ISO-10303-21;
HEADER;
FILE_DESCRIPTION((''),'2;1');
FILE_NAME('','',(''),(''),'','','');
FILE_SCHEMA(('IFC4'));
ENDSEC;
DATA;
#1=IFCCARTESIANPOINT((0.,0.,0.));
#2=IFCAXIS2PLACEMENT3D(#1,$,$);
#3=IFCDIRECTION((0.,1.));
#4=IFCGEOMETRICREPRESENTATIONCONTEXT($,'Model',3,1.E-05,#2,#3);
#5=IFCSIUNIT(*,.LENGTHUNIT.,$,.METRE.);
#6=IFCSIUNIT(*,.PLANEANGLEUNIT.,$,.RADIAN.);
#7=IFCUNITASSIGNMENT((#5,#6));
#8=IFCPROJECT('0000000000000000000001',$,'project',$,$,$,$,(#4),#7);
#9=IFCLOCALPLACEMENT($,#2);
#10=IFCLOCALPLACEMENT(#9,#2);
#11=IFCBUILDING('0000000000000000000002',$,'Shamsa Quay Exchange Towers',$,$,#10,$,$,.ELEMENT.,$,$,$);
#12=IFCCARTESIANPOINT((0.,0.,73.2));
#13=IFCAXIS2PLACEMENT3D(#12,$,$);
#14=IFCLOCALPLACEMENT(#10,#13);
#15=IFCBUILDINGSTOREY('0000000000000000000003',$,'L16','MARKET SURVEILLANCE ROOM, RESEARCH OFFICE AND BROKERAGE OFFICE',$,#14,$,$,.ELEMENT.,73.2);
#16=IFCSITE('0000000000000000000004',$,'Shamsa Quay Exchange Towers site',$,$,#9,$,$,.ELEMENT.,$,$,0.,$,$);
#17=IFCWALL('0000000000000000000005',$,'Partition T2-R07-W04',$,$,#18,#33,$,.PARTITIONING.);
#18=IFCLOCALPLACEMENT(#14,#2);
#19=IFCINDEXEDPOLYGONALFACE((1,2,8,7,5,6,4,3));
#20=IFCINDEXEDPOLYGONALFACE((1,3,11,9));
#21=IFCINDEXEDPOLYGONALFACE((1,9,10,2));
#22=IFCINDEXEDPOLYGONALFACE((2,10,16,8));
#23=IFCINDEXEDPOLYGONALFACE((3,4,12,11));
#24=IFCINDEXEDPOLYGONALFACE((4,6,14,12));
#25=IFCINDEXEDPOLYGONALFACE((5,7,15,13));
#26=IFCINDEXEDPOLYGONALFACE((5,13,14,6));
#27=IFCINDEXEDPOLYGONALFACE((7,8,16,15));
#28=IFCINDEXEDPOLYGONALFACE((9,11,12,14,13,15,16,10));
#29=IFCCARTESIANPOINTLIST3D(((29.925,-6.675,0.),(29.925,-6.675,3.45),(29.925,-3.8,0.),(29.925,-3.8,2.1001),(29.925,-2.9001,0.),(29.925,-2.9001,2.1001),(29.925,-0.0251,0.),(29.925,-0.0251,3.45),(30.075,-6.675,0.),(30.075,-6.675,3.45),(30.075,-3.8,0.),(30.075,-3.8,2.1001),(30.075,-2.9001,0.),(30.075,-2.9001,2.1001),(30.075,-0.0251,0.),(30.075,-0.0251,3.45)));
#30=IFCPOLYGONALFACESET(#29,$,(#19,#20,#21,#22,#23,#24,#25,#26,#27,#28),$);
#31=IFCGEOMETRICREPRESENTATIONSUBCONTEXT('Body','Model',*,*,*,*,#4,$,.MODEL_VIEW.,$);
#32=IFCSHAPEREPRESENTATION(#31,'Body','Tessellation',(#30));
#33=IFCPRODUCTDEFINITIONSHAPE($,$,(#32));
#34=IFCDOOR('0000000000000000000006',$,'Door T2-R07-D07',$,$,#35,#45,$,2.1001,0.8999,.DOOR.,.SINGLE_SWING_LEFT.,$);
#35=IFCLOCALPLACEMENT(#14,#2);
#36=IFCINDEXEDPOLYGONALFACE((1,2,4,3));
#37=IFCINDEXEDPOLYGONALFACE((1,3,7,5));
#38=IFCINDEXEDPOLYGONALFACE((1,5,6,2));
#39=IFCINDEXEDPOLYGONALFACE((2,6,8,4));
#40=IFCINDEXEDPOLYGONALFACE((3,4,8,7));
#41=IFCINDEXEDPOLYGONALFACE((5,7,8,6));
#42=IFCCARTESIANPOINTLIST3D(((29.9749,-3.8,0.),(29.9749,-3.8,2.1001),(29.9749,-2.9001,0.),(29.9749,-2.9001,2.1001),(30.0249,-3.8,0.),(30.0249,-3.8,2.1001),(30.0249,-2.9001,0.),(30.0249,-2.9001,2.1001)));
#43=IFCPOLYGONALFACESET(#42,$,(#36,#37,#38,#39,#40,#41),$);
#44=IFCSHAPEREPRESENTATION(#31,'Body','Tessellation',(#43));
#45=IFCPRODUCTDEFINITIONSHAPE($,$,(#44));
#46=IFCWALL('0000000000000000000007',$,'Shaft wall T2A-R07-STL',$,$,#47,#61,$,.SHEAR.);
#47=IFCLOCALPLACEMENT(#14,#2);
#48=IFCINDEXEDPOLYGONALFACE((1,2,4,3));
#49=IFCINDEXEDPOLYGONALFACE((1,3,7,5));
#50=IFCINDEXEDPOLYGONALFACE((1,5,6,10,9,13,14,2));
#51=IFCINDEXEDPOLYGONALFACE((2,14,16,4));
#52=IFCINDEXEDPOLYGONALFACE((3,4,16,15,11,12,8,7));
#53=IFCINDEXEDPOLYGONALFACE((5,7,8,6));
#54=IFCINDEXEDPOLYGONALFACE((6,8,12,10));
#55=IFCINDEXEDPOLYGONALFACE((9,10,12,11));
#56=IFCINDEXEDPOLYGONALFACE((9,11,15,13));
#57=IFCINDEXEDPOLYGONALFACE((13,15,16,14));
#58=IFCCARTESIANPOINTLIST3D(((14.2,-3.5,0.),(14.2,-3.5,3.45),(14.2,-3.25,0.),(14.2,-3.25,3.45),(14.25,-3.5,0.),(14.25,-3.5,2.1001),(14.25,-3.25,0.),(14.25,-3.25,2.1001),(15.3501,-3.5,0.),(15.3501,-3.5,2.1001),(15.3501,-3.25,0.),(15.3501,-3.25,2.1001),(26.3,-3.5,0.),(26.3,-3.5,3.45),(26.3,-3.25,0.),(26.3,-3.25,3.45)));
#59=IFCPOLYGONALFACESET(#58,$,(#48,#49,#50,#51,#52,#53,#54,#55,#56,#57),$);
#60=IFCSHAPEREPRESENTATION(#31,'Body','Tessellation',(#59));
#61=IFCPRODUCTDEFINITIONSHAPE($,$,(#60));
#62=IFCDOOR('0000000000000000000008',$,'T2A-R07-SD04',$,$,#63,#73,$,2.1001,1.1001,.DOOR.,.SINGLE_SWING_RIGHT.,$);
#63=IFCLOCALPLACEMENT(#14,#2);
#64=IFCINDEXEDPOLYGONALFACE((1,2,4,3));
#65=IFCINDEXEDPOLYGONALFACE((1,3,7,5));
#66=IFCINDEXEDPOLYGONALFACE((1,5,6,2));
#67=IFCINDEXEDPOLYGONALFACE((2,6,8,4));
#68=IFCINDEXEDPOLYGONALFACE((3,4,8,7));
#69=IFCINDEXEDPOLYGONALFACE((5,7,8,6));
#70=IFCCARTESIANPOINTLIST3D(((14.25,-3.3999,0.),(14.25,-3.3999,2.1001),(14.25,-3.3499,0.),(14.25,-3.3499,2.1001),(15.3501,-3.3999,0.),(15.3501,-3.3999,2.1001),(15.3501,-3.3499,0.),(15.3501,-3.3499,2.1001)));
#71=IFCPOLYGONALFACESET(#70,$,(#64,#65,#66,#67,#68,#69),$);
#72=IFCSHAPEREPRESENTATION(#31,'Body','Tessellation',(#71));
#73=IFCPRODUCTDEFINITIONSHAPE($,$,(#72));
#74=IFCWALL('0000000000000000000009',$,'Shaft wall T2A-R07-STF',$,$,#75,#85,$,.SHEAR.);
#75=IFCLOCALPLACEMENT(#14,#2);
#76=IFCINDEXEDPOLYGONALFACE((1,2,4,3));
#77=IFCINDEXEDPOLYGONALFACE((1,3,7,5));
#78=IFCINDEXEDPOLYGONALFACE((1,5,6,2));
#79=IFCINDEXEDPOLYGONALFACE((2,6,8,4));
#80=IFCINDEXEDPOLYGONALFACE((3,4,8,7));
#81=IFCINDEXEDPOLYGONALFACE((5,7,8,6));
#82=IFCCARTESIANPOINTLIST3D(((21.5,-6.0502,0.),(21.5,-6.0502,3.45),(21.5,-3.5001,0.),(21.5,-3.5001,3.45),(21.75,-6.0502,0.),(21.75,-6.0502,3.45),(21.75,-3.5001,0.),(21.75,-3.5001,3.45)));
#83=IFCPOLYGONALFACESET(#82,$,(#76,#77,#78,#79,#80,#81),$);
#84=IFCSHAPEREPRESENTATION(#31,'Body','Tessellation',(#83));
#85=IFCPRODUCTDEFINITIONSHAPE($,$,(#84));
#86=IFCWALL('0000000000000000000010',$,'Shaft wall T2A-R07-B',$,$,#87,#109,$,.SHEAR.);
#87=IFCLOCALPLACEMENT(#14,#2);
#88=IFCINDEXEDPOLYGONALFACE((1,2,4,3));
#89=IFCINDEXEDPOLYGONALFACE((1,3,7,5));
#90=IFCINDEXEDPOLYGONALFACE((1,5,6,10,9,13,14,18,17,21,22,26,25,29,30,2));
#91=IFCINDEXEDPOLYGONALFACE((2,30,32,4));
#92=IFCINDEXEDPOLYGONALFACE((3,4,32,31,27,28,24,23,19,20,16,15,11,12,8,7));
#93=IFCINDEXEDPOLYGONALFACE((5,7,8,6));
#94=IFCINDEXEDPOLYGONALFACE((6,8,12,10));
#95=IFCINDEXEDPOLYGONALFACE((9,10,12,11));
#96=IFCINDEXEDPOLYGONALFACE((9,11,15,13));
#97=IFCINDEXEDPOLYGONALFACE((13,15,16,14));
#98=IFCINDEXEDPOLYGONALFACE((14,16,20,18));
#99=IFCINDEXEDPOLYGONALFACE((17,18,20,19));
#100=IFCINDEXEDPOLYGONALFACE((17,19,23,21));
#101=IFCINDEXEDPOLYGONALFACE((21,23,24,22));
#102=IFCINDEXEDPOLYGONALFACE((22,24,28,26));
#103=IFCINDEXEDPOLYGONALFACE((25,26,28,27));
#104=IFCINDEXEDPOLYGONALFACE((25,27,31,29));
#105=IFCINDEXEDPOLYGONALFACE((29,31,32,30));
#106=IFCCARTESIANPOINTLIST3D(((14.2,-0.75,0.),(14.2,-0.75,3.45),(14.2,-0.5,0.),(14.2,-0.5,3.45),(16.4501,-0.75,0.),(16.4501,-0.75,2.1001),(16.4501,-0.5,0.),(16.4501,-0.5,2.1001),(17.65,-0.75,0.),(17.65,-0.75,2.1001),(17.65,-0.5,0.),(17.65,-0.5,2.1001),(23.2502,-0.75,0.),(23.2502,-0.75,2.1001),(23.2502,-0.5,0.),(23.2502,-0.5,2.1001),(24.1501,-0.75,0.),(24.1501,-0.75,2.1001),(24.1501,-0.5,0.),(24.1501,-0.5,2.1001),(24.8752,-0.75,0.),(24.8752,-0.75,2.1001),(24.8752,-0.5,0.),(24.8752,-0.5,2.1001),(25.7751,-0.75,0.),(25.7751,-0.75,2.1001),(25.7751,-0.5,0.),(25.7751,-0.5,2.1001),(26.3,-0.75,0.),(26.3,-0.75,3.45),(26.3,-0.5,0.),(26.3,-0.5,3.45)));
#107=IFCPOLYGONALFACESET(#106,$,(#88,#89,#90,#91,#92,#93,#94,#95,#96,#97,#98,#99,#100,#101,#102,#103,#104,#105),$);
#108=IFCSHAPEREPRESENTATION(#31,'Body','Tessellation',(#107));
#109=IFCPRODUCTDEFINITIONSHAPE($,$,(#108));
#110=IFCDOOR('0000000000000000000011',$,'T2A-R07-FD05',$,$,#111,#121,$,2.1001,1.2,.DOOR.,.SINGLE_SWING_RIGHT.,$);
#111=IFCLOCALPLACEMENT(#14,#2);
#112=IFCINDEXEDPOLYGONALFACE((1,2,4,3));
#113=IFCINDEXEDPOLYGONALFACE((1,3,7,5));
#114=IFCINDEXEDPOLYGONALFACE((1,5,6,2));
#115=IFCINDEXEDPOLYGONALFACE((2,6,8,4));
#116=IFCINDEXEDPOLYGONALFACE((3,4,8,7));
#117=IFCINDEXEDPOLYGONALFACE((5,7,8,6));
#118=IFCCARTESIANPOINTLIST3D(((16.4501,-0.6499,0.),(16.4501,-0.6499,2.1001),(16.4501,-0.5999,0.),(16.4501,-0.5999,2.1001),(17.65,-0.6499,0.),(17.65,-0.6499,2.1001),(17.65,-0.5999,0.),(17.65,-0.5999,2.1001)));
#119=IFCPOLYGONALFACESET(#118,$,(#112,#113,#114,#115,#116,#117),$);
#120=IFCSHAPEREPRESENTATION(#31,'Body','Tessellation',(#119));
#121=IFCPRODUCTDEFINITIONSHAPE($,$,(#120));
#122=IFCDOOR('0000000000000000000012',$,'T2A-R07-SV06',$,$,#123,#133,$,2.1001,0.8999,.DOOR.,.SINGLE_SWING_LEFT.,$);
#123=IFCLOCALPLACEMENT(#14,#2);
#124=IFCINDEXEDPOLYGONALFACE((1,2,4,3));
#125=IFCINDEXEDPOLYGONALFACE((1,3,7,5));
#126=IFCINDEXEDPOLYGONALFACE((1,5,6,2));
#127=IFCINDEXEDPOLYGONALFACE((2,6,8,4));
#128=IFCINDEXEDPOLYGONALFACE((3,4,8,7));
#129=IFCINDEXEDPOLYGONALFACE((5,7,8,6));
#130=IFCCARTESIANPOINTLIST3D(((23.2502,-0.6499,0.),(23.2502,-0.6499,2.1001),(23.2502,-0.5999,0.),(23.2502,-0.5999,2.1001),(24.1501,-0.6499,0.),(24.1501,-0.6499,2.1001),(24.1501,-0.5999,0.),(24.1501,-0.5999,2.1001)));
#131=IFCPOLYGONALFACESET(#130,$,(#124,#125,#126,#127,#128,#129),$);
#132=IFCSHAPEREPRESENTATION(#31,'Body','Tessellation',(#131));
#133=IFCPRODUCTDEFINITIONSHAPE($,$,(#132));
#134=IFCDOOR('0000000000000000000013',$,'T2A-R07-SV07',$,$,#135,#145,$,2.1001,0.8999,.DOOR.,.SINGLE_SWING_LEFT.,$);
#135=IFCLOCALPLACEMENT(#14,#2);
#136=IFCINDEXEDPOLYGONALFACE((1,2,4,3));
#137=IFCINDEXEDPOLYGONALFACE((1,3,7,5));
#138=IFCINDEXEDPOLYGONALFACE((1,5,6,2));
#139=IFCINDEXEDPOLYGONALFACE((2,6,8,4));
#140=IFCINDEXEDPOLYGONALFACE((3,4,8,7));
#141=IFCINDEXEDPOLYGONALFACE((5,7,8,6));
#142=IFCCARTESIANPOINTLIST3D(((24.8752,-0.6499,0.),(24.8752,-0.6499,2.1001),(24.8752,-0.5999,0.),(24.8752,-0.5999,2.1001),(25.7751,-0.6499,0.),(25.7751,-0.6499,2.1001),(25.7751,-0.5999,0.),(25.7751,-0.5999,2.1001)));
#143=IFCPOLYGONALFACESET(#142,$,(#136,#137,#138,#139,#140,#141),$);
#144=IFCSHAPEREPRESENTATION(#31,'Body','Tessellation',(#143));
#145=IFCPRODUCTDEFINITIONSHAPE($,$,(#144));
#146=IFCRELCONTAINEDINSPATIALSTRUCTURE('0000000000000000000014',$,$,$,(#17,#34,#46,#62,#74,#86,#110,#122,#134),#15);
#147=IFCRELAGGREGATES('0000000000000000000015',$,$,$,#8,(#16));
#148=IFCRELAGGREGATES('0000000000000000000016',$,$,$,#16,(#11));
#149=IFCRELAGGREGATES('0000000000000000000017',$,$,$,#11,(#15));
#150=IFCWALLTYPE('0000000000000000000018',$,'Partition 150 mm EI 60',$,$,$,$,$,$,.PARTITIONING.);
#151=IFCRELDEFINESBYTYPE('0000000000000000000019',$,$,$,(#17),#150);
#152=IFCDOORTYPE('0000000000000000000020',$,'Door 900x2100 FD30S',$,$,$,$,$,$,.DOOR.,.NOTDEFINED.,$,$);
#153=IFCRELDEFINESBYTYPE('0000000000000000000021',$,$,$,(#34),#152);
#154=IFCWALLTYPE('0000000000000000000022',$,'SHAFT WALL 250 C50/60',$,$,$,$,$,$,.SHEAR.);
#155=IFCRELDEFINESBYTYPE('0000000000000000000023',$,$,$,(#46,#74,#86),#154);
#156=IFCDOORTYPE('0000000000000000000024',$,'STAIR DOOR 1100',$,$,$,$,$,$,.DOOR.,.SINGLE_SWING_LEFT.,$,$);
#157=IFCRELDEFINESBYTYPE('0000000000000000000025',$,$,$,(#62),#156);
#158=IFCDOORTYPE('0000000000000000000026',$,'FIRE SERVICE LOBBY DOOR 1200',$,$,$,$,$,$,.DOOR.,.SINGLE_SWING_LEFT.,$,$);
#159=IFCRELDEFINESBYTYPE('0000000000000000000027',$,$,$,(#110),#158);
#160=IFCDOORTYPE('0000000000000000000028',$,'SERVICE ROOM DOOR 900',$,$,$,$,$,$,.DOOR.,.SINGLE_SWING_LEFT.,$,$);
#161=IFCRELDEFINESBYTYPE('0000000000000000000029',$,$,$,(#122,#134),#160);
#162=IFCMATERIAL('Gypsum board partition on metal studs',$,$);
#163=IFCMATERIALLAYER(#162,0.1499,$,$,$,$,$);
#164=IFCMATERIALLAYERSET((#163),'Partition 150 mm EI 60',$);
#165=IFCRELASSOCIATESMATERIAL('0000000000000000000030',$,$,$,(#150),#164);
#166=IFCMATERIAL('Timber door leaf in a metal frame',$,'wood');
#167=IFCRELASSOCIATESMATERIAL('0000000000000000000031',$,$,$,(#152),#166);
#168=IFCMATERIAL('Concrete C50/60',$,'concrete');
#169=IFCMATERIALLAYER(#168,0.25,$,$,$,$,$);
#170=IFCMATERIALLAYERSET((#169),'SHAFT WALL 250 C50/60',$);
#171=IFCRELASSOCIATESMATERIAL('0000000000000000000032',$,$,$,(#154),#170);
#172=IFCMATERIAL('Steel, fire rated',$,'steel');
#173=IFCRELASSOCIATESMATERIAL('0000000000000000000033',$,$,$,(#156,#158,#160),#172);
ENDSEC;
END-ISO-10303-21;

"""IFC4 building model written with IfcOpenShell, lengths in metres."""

from ifc_helpers import new_model, si_unit, direction, frame, frame_2d, origin, place, context, subcontext, project, spatial, rectangle, extrude, material, layer, layer_set, type_object, element, fill, save


model = new_model("IFC4")

# Units and contexts
model_context = context("Model", 3, precision=1e-05, world=origin(), true_north=direction((0.0, 1.0)))
body_context = subcontext(model_context, "Body", "Model", "MODEL_VIEW")
ifc_project = project(units=[si_unit("LENGTHUNIT", "METRE"), si_unit("PLANEANGLEUNIT", "RADIAN")], contexts=[model_context])

# Site, building, storey
site_placement = place(None, origin())
site = spatial("IfcSite", under=ifc_project, at=site_placement, Name="Shamsa Quay Exchange Towers site", CompositionType="ELEMENT", RefElevation=0.0)
building_placement = place(site_placement, origin())
building = spatial("IfcBuilding", under=site, at=building_placement, Name="Shamsa Quay Exchange Towers", CompositionType="ELEMENT")
storey_placement = place(building_placement, frame((0.0, 0.0, 73.2)))
storey = spatial("IfcBuildingStorey", under=building, at=storey_placement, Name="L16", Description="MARKET SURVEILLANCE ROOM, RESEARCH OFFICE AND BROKERAGE OFFICE", CompositionType="ELEMENT", Elevation=73.2)

# Walls, openings, doors
ifc_material_1 = material(Name="Timber door leaf in a metal frame", Category="wood")
ifc_material_2 = material(Name="Gypsum board partition on metal studs")
ifc_layer_1 = layer(ifc_material_2, 0.1499)
ifc_layer_set_1 = layer_set([ifc_layer_1], Name="Partition 150 mm EI 60")
wall_type_1 = type_object("IfcWallType", Name="Partition 150 mm EI 60", PredefinedType="PARTITIONING", material=ifc_layer_set_1)
wall_1_placement = place(storey_placement, frame((30.0, -0.0251, 0.0), z_axis=(0.0, 0.0, 1.0), x_axis=(0.0, -1.0, 0.0)))
wall_1 = element("IfcWall", 1, at=wall_1_placement, inside=storey, type_object=wall_type_1, Name="Partition T2-R07-W04", PredefinedType="PARTITIONING", context=body_context, shape_type="SweptSolid", body=[
    extrude(rectangle(XDim=6.6499, YDim=0.1499, at=frame_2d((3.325, 0.0))), origin(), (0.0, 0.0, 1.0), 3.45),
])
opening_1_placement = place(wall_1_placement, frame((2.875, 0.0, 0.0)))
opening_1 = element("IfcOpeningElement", 2, at=opening_1_placement, cuts=wall_1, PredefinedType="OPENING", context=body_context, shape_type="SweptSolid", body=[
    extrude(rectangle(XDim=0.8999, YDim=2.1001, at=frame_2d((0.45, 1.05))), frame((0.0, 0.085, 0.0), z_axis=(0.0, -1.0, 0.0), x_axis=(1.0, 0.0, 0.0)), (0.0, 0.0, 1.0), 0.1699),
])
door_type_1 = type_object("IfcDoorType", Name="Door 900x2100 FD30S", OperationType="NOTDEFINED", PredefinedType="DOOR", material=ifc_material_1)
door_1_placement = place(opening_1_placement, origin())
door_1 = element("IfcDoor", 3, at=door_1_placement, inside=storey, type_object=door_type_1, Name="Door T2-R07-D07", OperationType="SINGLE_SWING_LEFT", OverallHeight=2.1001, OverallWidth=0.8999, PredefinedType="DOOR", context=body_context, shape_type="SweptSolid", body=[
    extrude(rectangle(XDim=0.8999, YDim=2.1001, at=frame_2d((0.45, 1.05))), frame((0.0, 0.0249, 0.0), z_axis=(0.0, -1.0, 0.0), x_axis=(1.0, 0.0, 0.0)), (0.0, 0.0, 1.0), 0.05),
])
fill(opening_1, door_1)
ifc_material_3 = material(Name="Concrete C50/60", Category="concrete")
ifc_layer_2 = layer(ifc_material_3, 0.25)
ifc_layer_set_2 = layer_set([ifc_layer_2], Name="SHAFT WALL 250 C50/60")
wall_type_2 = type_object("IfcWallType", Name="SHAFT WALL 250 C50/60", PredefinedType="SHEAR", material=ifc_layer_set_2)
wall_2_placement = place(storey_placement, frame((26.3, -3.375, 0.0), z_axis=(0.0, 0.0, 1.0), x_axis=(-1.0, 0.0, 0.0)))
wall_2 = element("IfcWall", 4, at=wall_2_placement, inside=storey, type_object=wall_type_2, Name="Shaft wall T2A-R07-STL", PredefinedType="SHEAR", context=body_context, shape_type="SweptSolid", body=[
    extrude(rectangle(XDim=12.1001, YDim=0.25, at=frame_2d((6.05, 0.0))), origin(), (0.0, 0.0, 1.0), 3.45),
])
opening_2_placement = place(wall_2_placement, frame((10.95, 0.0, 0.0)))
opening_2 = element("IfcOpeningElement", 5, at=opening_2_placement, cuts=wall_2, PredefinedType="OPENING", context=body_context, shape_type="SweptSolid", body=[
    extrude(rectangle(XDim=1.1001, YDim=2.1001, at=frame_2d((0.55, 1.05))), frame((0.0, 0.135, 0.0), z_axis=(0.0, -1.0, 0.0), x_axis=(1.0, 0.0, 0.0)), (0.0, 0.0, 1.0), 0.27),
])
ifc_material_4 = material(Name="Steel, fire rated", Category="steel")
door_type_2 = type_object("IfcDoorType", Name="STAIR DOOR 1100", OperationType="SINGLE_SWING_LEFT", PredefinedType="DOOR", material=ifc_material_4)
door_2_placement = place(opening_2_placement, origin())
door_2 = element("IfcDoor", 6, at=door_2_placement, inside=storey, type_object=door_type_2, Name="T2A-R07-SD04", OperationType="SINGLE_SWING_RIGHT", OverallHeight=2.1001, OverallWidth=1.1001, PredefinedType="DOOR", context=body_context, shape_type="SweptSolid", body=[
    extrude(rectangle(XDim=1.1001, YDim=2.1001, at=frame_2d((0.55, 1.05))), frame((0.0, 0.0249, 0.0), z_axis=(0.0, -1.0, 0.0), x_axis=(1.0, 0.0, 0.0)), (0.0, 0.0, 1.0), 0.05),
])
fill(opening_2, door_2)

# Wall
wall_3_placement = place(storey_placement, frame((21.625, -6.05, 0.0), z_axis=(0.0, 0.0, 1.0), x_axis=(0.0, 1.0, 0.0)))
element("IfcWall", 7, at=wall_3_placement, inside=storey, type_object=wall_type_2, Name="Shaft wall T2A-R07-STF", PredefinedType="SHEAR", context=body_context, shape_type="SweptSolid", body=[
    extrude(rectangle(XDim=2.55, YDim=0.25, at=frame_2d((1.2749, 0.0))), origin(), (0.0, 0.0, 1.0), 3.45),
])

# Wall, openings, doors
wall_4_placement = place(storey_placement, frame((26.3, -0.625, 0.0), z_axis=(0.0, 0.0, 1.0), x_axis=(-1.0, 0.0, 0.0)))
wall_4 = element("IfcWall", 8, at=wall_4_placement, inside=storey, type_object=wall_type_2, Name="Shaft wall T2A-R07-B", PredefinedType="SHEAR", context=body_context, shape_type="SweptSolid", body=[
    extrude(rectangle(XDim=12.1001, YDim=0.25, at=frame_2d((6.05, 0.0))), origin(), (0.0, 0.0, 1.0), 3.45),
])
opening_3_placement = place(wall_4_placement, frame((8.6499, 0.0, 0.0)))
opening_3 = element("IfcOpeningElement", 9, at=opening_3_placement, cuts=wall_4, PredefinedType="OPENING", context=body_context, shape_type="SweptSolid", body=[
    extrude(rectangle(XDim=1.2, YDim=2.1001, at=frame_2d((0.6001, 1.05))), frame((0.0, 0.135, 0.0), z_axis=(0.0, -1.0, 0.0), x_axis=(1.0, 0.0, 0.0)), (0.0, 0.0, 1.0), 0.27),
])
opening_4_placement = place(wall_4_placement, frame((2.1499, 0.0, 0.0)))
opening_4 = element("IfcOpeningElement", 10, at=opening_4_placement, cuts=wall_4, PredefinedType="OPENING", context=body_context, shape_type="SweptSolid", body=[
    extrude(rectangle(XDim=0.8999, YDim=2.1001, at=frame_2d((0.45, 1.05))), frame((0.0, 0.135, 0.0), z_axis=(0.0, -1.0, 0.0), x_axis=(1.0, 0.0, 0.0)), (0.0, 0.0, 1.0), 0.27),
])
opening_5_placement = place(wall_4_placement, frame((0.5249, 0.0, 0.0)))
opening_5 = element("IfcOpeningElement", 11, at=opening_5_placement, cuts=wall_4, PredefinedType="OPENING", context=body_context, shape_type="SweptSolid", body=[
    extrude(rectangle(XDim=0.8999, YDim=2.1001, at=frame_2d((0.45, 1.05))), frame((0.0, 0.135, 0.0), z_axis=(0.0, -1.0, 0.0), x_axis=(1.0, 0.0, 0.0)), (0.0, 0.0, 1.0), 0.27),
])
door_type_3 = type_object("IfcDoorType", Name="FIRE SERVICE LOBBY DOOR 1200", OperationType="SINGLE_SWING_LEFT", PredefinedType="DOOR", material=ifc_material_4)
door_3_placement = place(opening_3_placement, origin())
door_3 = element("IfcDoor", 12, at=door_3_placement, inside=storey, type_object=door_type_3, Name="T2A-R07-FD05", OperationType="SINGLE_SWING_RIGHT", OverallHeight=2.1001, OverallWidth=1.2, PredefinedType="DOOR", context=body_context, shape_type="SweptSolid", body=[
    extrude(rectangle(XDim=1.2, YDim=2.1001, at=frame_2d((0.6001, 1.05))), frame((0.0, 0.0249, 0.0), z_axis=(0.0, -1.0, 0.0), x_axis=(1.0, 0.0, 0.0)), (0.0, 0.0, 1.0), 0.05),
])
fill(opening_3, door_3)
door_type_4 = type_object("IfcDoorType", Name="SERVICE ROOM DOOR 900", OperationType="SINGLE_SWING_LEFT", PredefinedType="DOOR", material=ifc_material_4)
door_4_placement = place(opening_4_placement, origin())
door_4 = element("IfcDoor", 13, at=door_4_placement, inside=storey, type_object=door_type_4, Name="T2A-R07-SV06", OperationType="SINGLE_SWING_LEFT", OverallHeight=2.1001, OverallWidth=0.8999, PredefinedType="DOOR", context=body_context, shape_type="SweptSolid", body=[
    extrude(rectangle(XDim=0.8999, YDim=2.1001, at=frame_2d((0.45, 1.05))), frame((0.0, 0.0249, 0.0), z_axis=(0.0, -1.0, 0.0), x_axis=(1.0, 0.0, 0.0)), (0.0, 0.0, 1.0), 0.05),
])
fill(opening_4, door_4)
door_5_placement = place(opening_5_placement, origin())
door_5 = element("IfcDoor", 14, at=door_5_placement, inside=storey, type_object=door_type_4, Name="T2A-R07-SV07", OperationType="SINGLE_SWING_LEFT", OverallHeight=2.1001, OverallWidth=0.8999, PredefinedType="DOOR", context=body_context, shape_type="SweptSolid", body=[
    extrude(rectangle(XDim=0.8999, YDim=2.1001, at=frame_2d((0.45, 1.05))), frame((0.0, 0.0249, 0.0), z_axis=(0.0, -1.0, 0.0), x_axis=(1.0, 0.0, 0.0)), (0.0, 0.0, 1.0), 0.05),
])
fill(opening_5, door_5)

save(model, "model.ifc")
